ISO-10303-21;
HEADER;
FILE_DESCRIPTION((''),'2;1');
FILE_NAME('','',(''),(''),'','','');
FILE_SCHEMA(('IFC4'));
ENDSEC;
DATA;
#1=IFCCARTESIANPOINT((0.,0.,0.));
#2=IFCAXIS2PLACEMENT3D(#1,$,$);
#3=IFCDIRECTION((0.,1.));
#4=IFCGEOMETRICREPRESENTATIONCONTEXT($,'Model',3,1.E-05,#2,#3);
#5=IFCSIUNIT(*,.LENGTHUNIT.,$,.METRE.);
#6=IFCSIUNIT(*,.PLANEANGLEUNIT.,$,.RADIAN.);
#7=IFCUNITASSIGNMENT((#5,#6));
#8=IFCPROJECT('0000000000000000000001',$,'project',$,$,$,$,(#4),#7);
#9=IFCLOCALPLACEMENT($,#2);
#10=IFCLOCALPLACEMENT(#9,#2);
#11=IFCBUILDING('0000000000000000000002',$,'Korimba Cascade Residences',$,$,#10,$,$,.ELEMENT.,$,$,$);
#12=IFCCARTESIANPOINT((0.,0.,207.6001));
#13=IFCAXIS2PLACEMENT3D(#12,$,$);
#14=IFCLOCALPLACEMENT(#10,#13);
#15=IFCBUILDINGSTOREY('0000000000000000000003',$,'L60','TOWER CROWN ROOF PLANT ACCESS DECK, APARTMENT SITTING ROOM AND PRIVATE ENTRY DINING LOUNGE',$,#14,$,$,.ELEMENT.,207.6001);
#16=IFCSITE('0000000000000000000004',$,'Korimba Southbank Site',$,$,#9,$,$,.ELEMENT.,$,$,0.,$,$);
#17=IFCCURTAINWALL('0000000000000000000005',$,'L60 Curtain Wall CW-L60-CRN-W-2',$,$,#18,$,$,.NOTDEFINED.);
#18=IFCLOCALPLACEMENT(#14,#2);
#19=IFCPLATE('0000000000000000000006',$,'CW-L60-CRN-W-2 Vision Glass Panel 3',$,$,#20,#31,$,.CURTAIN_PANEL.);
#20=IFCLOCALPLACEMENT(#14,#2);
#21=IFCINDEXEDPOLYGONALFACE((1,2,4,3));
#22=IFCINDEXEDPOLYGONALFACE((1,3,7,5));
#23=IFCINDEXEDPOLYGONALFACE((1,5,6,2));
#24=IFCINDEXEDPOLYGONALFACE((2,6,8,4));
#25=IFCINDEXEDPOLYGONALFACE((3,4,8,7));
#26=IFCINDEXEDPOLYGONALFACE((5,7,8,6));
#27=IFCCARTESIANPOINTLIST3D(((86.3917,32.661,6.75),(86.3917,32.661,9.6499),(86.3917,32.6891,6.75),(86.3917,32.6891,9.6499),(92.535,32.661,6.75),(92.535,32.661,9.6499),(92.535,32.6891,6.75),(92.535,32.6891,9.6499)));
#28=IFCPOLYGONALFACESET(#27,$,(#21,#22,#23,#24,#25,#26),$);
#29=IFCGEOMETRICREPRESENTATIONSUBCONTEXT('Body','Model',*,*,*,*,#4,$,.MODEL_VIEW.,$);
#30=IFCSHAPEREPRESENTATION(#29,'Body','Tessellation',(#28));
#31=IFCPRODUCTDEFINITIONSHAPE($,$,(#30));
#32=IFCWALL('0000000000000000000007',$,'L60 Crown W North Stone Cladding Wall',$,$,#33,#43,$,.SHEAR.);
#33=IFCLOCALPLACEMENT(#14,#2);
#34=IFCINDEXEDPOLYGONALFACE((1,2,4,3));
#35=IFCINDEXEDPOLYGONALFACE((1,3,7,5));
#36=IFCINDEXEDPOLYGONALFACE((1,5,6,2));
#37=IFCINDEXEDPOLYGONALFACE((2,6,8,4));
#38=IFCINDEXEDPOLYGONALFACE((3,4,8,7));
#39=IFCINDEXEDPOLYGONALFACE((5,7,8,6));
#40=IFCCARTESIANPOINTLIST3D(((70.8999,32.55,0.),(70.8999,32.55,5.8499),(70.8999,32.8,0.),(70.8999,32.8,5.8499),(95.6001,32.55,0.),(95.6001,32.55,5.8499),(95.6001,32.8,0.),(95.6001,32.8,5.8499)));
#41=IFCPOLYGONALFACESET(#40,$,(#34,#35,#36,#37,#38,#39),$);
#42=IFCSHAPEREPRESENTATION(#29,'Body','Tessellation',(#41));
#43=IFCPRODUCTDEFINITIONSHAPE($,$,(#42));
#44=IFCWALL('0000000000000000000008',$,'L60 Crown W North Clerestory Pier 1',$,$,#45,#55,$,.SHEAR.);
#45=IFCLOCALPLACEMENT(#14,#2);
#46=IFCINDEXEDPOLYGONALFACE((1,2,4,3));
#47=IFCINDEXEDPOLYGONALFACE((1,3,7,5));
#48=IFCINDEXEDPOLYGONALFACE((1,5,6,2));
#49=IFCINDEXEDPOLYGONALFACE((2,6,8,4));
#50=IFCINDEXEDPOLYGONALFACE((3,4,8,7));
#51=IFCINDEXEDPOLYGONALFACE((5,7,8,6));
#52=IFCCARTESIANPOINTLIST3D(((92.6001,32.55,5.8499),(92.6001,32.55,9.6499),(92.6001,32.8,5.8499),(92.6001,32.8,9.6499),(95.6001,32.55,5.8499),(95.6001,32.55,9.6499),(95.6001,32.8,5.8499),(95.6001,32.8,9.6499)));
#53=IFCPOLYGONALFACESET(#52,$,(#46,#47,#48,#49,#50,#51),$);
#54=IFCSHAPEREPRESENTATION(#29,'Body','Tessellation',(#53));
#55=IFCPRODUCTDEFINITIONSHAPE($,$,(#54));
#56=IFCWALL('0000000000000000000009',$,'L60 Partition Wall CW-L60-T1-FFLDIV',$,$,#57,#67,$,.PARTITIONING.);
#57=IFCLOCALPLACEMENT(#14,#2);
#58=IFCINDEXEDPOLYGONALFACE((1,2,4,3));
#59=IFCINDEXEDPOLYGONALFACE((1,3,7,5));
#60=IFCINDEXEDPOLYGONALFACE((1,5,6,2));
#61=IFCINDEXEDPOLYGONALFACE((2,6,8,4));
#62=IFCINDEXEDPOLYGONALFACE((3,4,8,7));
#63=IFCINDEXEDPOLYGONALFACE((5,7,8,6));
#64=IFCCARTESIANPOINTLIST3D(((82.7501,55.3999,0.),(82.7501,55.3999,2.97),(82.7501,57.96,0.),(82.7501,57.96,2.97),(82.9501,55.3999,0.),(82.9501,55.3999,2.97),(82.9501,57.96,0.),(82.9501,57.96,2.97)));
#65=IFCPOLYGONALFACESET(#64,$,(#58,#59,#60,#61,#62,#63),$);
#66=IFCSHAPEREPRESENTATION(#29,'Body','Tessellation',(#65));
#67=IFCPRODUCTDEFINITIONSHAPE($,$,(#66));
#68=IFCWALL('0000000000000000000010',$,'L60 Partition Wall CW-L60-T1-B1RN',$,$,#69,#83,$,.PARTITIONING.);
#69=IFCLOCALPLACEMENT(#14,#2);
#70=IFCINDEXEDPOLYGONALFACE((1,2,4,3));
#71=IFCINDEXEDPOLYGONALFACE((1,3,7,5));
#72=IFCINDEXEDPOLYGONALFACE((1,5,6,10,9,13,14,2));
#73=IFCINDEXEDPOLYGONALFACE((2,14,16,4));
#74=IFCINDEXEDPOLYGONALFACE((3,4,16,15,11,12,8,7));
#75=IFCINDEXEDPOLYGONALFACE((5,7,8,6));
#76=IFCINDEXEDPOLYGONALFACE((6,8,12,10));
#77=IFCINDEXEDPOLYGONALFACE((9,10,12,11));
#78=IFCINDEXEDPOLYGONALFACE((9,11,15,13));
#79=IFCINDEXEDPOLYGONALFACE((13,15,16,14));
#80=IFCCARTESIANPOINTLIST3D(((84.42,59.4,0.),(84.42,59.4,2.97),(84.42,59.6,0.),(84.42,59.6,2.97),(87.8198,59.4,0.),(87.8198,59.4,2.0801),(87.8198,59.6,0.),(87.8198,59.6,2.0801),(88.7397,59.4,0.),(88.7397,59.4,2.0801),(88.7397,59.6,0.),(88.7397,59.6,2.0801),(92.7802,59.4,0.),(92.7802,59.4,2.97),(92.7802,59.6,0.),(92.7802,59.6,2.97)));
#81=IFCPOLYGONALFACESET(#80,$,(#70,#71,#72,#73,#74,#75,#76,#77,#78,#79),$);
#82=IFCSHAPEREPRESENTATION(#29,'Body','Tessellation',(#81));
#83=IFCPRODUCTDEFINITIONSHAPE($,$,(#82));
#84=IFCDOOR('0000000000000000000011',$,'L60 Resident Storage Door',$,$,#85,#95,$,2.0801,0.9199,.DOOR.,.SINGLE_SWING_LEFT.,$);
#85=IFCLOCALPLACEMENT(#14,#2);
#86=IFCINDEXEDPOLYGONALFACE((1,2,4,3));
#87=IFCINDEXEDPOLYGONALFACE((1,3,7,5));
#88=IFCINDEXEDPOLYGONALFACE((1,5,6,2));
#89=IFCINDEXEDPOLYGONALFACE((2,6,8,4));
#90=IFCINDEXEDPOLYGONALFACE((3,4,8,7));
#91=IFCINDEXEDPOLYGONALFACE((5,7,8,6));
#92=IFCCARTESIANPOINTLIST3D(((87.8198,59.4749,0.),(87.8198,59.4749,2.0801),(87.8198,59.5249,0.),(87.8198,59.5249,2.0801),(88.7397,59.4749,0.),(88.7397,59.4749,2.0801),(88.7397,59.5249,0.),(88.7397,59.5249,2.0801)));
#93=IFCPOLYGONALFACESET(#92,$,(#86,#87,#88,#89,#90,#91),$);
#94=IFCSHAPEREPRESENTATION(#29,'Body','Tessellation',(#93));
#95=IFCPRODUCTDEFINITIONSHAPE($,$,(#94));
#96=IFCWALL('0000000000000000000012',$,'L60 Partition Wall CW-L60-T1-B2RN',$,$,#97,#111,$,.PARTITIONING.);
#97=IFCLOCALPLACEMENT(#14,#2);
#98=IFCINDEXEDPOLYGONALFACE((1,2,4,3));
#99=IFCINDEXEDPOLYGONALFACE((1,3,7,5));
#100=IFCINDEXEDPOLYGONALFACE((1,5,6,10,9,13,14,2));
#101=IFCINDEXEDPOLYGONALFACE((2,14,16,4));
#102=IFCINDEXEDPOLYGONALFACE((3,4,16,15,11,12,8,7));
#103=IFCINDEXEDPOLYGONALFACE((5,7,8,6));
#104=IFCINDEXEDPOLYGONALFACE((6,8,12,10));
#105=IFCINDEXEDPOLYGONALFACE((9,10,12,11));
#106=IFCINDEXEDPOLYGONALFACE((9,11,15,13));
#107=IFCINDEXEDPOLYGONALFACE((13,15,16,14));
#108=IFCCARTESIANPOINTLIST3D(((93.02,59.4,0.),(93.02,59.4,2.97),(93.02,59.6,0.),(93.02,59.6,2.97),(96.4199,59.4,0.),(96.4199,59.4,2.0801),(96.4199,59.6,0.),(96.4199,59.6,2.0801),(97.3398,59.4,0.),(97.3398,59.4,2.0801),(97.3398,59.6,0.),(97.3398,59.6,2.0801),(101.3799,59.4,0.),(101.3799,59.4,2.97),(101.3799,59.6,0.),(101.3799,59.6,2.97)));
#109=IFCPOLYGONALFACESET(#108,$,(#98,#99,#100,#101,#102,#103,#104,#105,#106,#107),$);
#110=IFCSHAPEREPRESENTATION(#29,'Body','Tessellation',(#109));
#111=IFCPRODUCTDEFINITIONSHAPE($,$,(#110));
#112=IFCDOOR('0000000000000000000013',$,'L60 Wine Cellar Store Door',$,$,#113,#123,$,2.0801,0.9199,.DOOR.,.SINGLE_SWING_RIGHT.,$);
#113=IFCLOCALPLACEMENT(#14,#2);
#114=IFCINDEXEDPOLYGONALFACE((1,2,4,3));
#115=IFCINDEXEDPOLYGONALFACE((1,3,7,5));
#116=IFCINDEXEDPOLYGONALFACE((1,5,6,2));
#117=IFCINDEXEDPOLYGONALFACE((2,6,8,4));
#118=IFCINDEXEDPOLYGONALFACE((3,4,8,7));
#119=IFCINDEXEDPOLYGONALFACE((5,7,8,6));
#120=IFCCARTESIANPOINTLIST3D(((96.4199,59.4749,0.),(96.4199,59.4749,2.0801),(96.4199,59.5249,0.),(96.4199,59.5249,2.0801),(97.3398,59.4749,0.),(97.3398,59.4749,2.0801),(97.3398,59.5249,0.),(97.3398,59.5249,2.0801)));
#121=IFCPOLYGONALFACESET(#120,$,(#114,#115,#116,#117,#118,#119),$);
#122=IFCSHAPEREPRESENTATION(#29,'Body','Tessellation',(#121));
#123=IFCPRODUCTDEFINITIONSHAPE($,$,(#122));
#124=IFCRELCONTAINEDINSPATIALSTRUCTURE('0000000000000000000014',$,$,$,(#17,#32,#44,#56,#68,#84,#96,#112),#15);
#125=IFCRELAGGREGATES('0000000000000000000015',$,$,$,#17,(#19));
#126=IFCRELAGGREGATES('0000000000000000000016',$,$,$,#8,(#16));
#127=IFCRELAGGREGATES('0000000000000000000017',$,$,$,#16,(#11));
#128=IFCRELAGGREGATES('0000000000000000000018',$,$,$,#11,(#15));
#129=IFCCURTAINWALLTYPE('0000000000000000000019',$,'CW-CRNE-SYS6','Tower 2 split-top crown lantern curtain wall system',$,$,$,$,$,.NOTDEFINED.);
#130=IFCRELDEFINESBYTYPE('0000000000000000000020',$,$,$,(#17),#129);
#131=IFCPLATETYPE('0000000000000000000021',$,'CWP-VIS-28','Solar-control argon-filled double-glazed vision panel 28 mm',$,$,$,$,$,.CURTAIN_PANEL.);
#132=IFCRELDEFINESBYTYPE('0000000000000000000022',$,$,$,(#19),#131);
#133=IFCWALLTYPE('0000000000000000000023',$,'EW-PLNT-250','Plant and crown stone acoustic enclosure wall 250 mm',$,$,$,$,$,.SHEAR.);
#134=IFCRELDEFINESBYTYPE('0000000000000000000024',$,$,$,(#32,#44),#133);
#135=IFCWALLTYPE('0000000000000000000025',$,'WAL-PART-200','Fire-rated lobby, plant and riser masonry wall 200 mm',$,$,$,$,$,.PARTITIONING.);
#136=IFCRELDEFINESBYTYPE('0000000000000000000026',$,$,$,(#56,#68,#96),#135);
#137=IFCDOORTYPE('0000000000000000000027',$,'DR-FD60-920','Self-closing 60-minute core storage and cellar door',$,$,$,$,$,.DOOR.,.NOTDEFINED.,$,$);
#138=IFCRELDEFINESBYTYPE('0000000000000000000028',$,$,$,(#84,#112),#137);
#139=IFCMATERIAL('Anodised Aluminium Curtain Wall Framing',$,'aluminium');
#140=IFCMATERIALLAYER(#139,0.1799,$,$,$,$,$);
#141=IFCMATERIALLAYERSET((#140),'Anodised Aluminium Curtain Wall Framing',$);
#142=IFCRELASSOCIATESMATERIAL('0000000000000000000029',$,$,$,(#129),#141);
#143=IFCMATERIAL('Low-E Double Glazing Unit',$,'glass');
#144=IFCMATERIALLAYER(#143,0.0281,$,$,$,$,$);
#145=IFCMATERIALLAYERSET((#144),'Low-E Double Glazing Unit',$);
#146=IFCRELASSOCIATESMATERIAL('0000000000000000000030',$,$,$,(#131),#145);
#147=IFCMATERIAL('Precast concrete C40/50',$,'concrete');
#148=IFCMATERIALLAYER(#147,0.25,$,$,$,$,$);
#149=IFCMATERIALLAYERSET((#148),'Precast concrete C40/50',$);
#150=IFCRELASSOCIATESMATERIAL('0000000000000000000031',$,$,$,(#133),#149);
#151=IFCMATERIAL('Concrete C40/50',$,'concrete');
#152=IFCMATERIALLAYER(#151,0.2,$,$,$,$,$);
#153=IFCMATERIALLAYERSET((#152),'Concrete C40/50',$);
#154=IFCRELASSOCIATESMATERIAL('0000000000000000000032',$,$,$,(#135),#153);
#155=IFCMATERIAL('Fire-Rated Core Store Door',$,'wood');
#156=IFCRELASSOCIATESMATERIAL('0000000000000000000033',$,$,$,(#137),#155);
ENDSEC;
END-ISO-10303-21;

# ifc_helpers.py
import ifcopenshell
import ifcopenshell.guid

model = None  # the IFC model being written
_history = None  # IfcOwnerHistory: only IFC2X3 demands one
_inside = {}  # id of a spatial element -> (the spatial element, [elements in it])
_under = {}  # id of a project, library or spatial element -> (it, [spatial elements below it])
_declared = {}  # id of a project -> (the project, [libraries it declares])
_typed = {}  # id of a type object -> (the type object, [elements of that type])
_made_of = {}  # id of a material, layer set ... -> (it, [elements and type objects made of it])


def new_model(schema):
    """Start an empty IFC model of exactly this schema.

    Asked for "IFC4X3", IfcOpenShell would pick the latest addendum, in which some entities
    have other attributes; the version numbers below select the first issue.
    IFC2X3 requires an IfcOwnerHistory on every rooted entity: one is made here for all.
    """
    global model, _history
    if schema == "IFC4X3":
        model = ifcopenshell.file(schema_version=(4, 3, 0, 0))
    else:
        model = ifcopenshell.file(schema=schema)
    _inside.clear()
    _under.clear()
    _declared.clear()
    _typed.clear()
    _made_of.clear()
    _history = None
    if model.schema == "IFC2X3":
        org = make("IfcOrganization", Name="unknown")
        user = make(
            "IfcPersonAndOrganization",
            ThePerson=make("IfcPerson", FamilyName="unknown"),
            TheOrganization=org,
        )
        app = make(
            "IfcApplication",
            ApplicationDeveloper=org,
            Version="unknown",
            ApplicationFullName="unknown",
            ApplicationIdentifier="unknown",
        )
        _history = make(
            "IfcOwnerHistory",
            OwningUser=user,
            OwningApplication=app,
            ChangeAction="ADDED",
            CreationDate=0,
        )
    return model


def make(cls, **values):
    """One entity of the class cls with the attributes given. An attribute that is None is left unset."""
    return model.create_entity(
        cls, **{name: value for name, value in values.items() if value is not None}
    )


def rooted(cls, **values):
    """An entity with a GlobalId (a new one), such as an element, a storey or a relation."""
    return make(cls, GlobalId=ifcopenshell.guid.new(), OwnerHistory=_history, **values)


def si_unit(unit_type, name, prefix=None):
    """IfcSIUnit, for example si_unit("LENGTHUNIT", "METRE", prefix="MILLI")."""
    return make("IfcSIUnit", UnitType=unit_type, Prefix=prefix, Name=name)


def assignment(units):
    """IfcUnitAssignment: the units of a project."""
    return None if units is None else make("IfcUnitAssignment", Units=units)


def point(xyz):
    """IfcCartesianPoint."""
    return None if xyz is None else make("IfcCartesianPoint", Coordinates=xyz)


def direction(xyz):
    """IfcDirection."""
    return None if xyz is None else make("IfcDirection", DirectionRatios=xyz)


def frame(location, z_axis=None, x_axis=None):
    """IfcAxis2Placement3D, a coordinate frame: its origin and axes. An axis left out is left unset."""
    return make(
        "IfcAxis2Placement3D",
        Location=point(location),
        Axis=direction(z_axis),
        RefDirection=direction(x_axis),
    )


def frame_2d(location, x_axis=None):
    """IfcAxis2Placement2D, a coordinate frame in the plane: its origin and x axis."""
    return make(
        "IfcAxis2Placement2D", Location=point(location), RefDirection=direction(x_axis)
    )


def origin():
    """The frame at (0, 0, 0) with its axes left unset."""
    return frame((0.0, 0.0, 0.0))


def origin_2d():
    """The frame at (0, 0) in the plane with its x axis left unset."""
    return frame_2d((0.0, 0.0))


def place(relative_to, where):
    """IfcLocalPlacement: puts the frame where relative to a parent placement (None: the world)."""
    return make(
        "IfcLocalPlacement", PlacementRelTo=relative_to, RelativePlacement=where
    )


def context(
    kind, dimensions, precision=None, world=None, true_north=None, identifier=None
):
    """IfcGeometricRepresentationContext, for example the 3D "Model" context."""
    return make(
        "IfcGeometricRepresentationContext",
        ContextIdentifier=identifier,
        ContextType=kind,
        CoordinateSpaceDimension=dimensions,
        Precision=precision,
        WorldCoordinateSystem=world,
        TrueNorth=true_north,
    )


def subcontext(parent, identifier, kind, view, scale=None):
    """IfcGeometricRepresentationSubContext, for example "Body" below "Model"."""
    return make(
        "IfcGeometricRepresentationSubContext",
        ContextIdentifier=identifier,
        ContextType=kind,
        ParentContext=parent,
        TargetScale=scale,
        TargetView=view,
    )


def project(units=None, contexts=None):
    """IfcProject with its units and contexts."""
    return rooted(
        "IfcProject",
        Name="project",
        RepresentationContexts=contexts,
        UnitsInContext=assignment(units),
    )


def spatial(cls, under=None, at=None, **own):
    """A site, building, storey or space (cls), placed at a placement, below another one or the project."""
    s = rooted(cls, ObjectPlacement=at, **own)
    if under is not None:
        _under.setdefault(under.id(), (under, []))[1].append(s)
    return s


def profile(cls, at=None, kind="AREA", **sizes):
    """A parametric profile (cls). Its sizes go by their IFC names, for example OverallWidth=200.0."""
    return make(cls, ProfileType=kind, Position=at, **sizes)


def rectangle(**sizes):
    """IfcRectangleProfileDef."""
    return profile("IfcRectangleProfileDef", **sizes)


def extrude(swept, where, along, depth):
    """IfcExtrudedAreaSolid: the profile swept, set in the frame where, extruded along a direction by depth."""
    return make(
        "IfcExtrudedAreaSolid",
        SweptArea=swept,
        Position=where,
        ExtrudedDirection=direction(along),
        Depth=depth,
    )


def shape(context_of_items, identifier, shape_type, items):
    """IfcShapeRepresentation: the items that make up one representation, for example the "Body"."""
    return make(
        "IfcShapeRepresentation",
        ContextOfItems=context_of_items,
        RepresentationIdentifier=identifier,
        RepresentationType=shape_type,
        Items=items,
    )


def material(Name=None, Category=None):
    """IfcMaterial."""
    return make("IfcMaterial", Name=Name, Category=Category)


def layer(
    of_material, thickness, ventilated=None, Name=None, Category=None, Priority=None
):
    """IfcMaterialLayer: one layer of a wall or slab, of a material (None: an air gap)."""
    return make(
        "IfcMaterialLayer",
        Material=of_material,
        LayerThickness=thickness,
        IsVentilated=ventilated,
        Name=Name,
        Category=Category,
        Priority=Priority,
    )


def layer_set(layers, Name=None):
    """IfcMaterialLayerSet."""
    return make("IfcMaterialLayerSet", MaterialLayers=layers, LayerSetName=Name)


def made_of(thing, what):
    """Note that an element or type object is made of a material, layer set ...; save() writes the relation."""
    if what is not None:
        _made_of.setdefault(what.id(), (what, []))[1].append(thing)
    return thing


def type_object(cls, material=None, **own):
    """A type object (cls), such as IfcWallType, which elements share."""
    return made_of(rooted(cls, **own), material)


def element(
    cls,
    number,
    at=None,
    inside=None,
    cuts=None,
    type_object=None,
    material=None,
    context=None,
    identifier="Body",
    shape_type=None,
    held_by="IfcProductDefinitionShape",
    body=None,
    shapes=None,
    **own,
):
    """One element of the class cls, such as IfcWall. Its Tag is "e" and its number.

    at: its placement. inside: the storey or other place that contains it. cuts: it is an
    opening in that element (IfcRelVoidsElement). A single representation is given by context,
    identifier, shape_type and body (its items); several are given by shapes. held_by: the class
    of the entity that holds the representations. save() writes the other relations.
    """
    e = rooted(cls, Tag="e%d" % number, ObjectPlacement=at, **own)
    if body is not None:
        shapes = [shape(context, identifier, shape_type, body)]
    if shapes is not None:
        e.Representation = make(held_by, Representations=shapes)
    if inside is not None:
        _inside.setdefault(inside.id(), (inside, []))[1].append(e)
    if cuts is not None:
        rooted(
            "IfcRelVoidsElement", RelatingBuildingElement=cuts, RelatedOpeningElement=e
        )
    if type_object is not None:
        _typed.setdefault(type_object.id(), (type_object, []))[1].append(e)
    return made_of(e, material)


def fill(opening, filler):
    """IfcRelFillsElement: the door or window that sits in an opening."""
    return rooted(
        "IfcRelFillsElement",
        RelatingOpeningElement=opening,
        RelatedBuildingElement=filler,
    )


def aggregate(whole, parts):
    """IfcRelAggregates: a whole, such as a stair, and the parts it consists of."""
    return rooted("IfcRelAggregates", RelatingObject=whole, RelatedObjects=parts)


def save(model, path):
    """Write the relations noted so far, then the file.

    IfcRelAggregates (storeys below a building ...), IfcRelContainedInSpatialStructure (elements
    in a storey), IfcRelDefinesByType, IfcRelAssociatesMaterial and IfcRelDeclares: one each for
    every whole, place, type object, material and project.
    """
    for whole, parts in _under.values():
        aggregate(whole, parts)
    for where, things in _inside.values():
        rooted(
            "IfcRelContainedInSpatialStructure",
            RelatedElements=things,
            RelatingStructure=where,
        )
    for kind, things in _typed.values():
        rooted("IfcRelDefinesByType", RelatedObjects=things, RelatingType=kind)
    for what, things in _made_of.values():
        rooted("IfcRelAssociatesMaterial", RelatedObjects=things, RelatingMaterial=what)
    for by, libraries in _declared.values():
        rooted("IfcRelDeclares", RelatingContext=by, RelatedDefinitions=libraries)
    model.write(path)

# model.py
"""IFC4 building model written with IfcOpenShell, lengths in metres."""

from ifc_helpers import new_model, si_unit, direction, frame, frame_2d, origin, origin_2d, place, context, subcontext, project, spatial, rectangle, extrude, material, layer, layer_set, type_object, element, fill, aggregate, save


model = new_model("IFC4")

# Units and contexts
model_context = context("Model", 3, precision=1e-05, world=origin(), true_north=direction((0.0, 1.0)))
body_context = subcontext(model_context, "Body", "Model", "MODEL_VIEW")
ifc_project = project(units=[si_unit("LENGTHUNIT", "METRE"), si_unit("PLANEANGLEUNIT", "RADIAN")], contexts=[model_context])

# Site, building, storey
site_placement = place(None, origin())
site = spatial("IfcSite", under=ifc_project, at=site_placement, Name="Korimba Southbank Site", CompositionType="ELEMENT", RefElevation=0.0)
building_placement = place(site_placement, origin())
building = spatial("IfcBuilding", under=site, at=building_placement, Name="Korimba Cascade Residences", CompositionType="ELEMENT")
storey_placement = place(building_placement, frame((0.0, 0.0, 207.6001)))
storey = spatial("IfcBuildingStorey", under=building, at=storey_placement, Name="L60", Description="TOWER CROWN ROOF PLANT ACCESS DECK, APARTMENT SITTING ROOM AND PRIVATE ENTRY DINING LOUNGE", CompositionType="ELEMENT", Elevation=207.6001)

# Curtain wall, plate
ifc_material_1 = material(Name="Anodised Aluminium Curtain Wall Framing", Category="aluminium")
ifc_layer_1 = layer(ifc_material_1, 0.1799)
ifc_layer_set_1 = layer_set([ifc_layer_1], Name="Anodised Aluminium Curtain Wall Framing")
curtain_wall_type = type_object("IfcCurtainWallType", Name="CW-CRNE-SYS6", Description="Tower 2 split-top crown lantern curtain wall system", PredefinedType="NOTDEFINED", material=ifc_layer_set_1)
curtain_wall_placement = place(storey_placement, origin())
curtain_wall = element("IfcCurtainWall", 1, at=curtain_wall_placement, inside=storey, type_object=curtain_wall_type, Name="L60 Curtain Wall CW-L60-CRN-W-2", PredefinedType="NOTDEFINED")
ifc_material_2 = material(Name="Low-E Double Glazing Unit", Category="glass")
ifc_layer_2 = layer(ifc_material_2, 0.0281)
ifc_layer_set_2 = layer_set([ifc_layer_2], Name="Low-E Double Glazing Unit")
plate_type = type_object("IfcPlateType", Name="CWP-VIS-28", Description="Solar-control argon-filled double-glazed vision panel 28 mm", PredefinedType="CURTAIN_PANEL", material=ifc_layer_set_2)
plate_placement = place(storey_placement, frame((89.4634, 32.675, 6.75), z_axis=(0.0, 0.0, 1.0), x_axis=(1.0, 0.0, 0.0)))
plate = element("IfcPlate", 2, at=plate_placement, type_object=plate_type, Name="CW-L60-CRN-W-2 Vision Glass Panel 3", PredefinedType="CURTAIN_PANEL", context=body_context, shape_type="SweptSolid", body=[
    extrude(rectangle(XDim=6.1433, YDim=0.0281, at=origin_2d()), origin(), (0.0, 0.0, 1.0), 2.8999),
])
aggregate(curtain_wall, [plate])

# Walls
ifc_material_3 = material(Name="Precast concrete C40/50", Category="concrete")
ifc_layer_3 = layer(ifc_material_3, 0.25)
ifc_layer_set_3 = layer_set([ifc_layer_3], Name="Precast concrete C40/50")
wall_type_1 = type_object("IfcWallType", Name="EW-PLNT-250", Description="Plant and crown stone acoustic enclosure wall 250 mm", PredefinedType="SHEAR", material=ifc_layer_set_3)
wall_1_placement = place(storey_placement, frame((95.6001, 32.675, 0.0), z_axis=(0.0, 0.0, 1.0), x_axis=(-1.0, 0.0, 0.0)))
element("IfcWall", 3, at=wall_1_placement, inside=storey, type_object=wall_type_1, Name="L60 Crown W North Stone Cladding Wall", PredefinedType="SHEAR", context=body_context, shape_type="SweptSolid", body=[
    extrude(rectangle(XDim=24.7002, YDim=0.25, at=frame_2d((12.3501, 0.0))), origin(), (0.0, 0.0, 1.0), 5.8499),
])
wall_2_placement = place(storey_placement, frame((95.6001, 32.675, 5.8499), z_axis=(0.0, 0.0, 1.0), x_axis=(-1.0, 0.0, 0.0)))
element("IfcWall", 4, at=wall_2_placement, inside=storey, type_object=wall_type_1, Name="L60 Crown W North Clerestory Pier 1", PredefinedType="SHEAR", context=body_context, shape_type="SweptSolid", body=[
    extrude(rectangle(XDim=3.0, YDim=0.25, at=frame_2d((1.5, 0.0))), origin(), (0.0, 0.0, 1.0), 3.8),
])
ifc_material_4 = material(Name="Concrete C40/50", Category="concrete")
ifc_layer_4 = layer(ifc_material_4, 0.2)
ifc_layer_set_4 = layer_set([ifc_layer_4], Name="Concrete C40/50")
wall_type_2 = type_object("IfcWallType", Name="WAL-PART-200", Description="Fire-rated lobby, plant and riser masonry wall 200 mm", PredefinedType="PARTITIONING", material=ifc_layer_set_4)
wall_3_placement = place(storey_placement, frame((82.8501, 55.3999, 0.0), z_axis=(0.0, 0.0, 1.0), x_axis=(0.0, 1.0, 0.0)))
element("IfcWall", 5, at=wall_3_placement, inside=storey, type_object=wall_type_2, Name="L60 Partition Wall CW-L60-T1-FFLDIV", PredefinedType="PARTITIONING", context=body_context, shape_type="SweptSolid", body=[
    extrude(rectangle(XDim=2.5601, YDim=0.2, at=frame_2d((1.28, 0.0))), origin(), (0.0, 0.0, 1.0), 2.97),
])

# Walls, openings, doors
wall_4_placement = place(storey_placement, frame((84.4199, 59.5, 0.0), z_axis=(0.0, 0.0, 1.0), x_axis=(1.0, 0.0, 0.0)))
wall_4 = element("IfcWall", 6, at=wall_4_placement, inside=storey, type_object=wall_type_2, Name="L60 Partition Wall CW-L60-T1-B1RN", PredefinedType="PARTITIONING", context=body_context, shape_type="SweptSolid", body=[
    extrude(rectangle(XDim=8.3601, YDim=0.2, at=frame_2d((4.1802, 0.0))), origin(), (0.0, 0.0, 1.0), 2.97),
])
opening_1_placement = place(wall_4_placement, frame((3.3999, 0.0, 0.0)))
opening_1 = element("IfcOpeningElement", 7, at=opening_1_placement, cuts=wall_4, PredefinedType="OPENING", context=body_context, shape_type="SweptSolid", body=[
    extrude(rectangle(XDim=0.9199, YDim=2.0801, at=frame_2d((0.46, 1.04))), frame((0.0, 0.1099, 0.0), z_axis=(0.0, -1.0, 0.0), x_axis=(1.0, 0.0, 0.0)), (0.0, 0.0, 1.0), 0.22),
])
ifc_material_5 = material(Name="Fire-Rated Core Store Door", Category="wood")
door_type_1 = type_object("IfcDoorType", Name="DR-FD60-920", Description="Self-closing 60-minute core storage and cellar door", OperationType="NOTDEFINED", PredefinedType="DOOR", material=ifc_material_5)
door_1_placement = place(opening_1_placement, origin())
door_1 = element("IfcDoor", 8, at=door_1_placement, inside=storey, type_object=door_type_1, Name="L60 Resident Storage Door", OperationType="SINGLE_SWING_LEFT", OverallHeight=2.0801, OverallWidth=0.9199, PredefinedType="DOOR", context=body_context, shape_type="SweptSolid", body=[
    extrude(rectangle(XDim=0.9199, YDim=2.0801, at=frame_2d((0.46, 1.04))), frame((0.0, 0.0249, 0.0), z_axis=(0.0, -1.0, 0.0), x_axis=(1.0, 0.0, 0.0)), (0.0, 0.0, 1.0), 0.05),
])
fill(opening_1, door_1)
wall_5_placement = place(storey_placement, frame((93.02, 59.5, 0.0), z_axis=(0.0, 0.0, 1.0), x_axis=(1.0, 0.0, 0.0)))
wall_5 = element("IfcWall", 9, at=wall_5_placement, inside=storey, type_object=wall_type_2, Name="L60 Partition Wall CW-L60-T1-B2RN", PredefinedType="PARTITIONING", context=body_context, shape_type="SweptSolid", body=[
    extrude(rectangle(XDim=8.3599, YDim=0.2, at=frame_2d((4.1799, 0.0))), origin(), (0.0, 0.0, 1.0), 2.97),
])
opening_2_placement = place(wall_5_placement, frame((3.3999, 0.0, 0.0)))
opening_2 = element("IfcOpeningElement", 10, at=opening_2_placement, cuts=wall_5, PredefinedType="OPENING", context=body_context, shape_type="SweptSolid", body=[
    extrude(rectangle(XDim=0.9199, YDim=2.0801, at=frame_2d((0.46, 1.04))), frame((0.0, 0.1099, 0.0), z_axis=(0.0, -1.0, 0.0), x_axis=(1.0, 0.0, 0.0)), (0.0, 0.0, 1.0), 0.22),
])
door_2_placement = place(opening_2_placement, origin())
door_2 = element("IfcDoor", 11, at=door_2_placement, inside=storey, type_object=door_type_1, Name="L60 Wine Cellar Store Door", OperationType="SINGLE_SWING_RIGHT", OverallHeight=2.0801, OverallWidth=0.9199, PredefinedType="DOOR", context=body_context, shape_type="SweptSolid", body=[
    extrude(rectangle(XDim=0.9199, YDim=2.0801, at=frame_2d((0.46, 1.04))), frame((0.0, 0.0249, 0.0), z_axis=(0.0, -1.0, 0.0), x_axis=(1.0, 0.0, 0.0)), (0.0, 0.0, 1.0), 0.05),
])
fill(opening_2, door_2)

save(model, "model.ifc")
